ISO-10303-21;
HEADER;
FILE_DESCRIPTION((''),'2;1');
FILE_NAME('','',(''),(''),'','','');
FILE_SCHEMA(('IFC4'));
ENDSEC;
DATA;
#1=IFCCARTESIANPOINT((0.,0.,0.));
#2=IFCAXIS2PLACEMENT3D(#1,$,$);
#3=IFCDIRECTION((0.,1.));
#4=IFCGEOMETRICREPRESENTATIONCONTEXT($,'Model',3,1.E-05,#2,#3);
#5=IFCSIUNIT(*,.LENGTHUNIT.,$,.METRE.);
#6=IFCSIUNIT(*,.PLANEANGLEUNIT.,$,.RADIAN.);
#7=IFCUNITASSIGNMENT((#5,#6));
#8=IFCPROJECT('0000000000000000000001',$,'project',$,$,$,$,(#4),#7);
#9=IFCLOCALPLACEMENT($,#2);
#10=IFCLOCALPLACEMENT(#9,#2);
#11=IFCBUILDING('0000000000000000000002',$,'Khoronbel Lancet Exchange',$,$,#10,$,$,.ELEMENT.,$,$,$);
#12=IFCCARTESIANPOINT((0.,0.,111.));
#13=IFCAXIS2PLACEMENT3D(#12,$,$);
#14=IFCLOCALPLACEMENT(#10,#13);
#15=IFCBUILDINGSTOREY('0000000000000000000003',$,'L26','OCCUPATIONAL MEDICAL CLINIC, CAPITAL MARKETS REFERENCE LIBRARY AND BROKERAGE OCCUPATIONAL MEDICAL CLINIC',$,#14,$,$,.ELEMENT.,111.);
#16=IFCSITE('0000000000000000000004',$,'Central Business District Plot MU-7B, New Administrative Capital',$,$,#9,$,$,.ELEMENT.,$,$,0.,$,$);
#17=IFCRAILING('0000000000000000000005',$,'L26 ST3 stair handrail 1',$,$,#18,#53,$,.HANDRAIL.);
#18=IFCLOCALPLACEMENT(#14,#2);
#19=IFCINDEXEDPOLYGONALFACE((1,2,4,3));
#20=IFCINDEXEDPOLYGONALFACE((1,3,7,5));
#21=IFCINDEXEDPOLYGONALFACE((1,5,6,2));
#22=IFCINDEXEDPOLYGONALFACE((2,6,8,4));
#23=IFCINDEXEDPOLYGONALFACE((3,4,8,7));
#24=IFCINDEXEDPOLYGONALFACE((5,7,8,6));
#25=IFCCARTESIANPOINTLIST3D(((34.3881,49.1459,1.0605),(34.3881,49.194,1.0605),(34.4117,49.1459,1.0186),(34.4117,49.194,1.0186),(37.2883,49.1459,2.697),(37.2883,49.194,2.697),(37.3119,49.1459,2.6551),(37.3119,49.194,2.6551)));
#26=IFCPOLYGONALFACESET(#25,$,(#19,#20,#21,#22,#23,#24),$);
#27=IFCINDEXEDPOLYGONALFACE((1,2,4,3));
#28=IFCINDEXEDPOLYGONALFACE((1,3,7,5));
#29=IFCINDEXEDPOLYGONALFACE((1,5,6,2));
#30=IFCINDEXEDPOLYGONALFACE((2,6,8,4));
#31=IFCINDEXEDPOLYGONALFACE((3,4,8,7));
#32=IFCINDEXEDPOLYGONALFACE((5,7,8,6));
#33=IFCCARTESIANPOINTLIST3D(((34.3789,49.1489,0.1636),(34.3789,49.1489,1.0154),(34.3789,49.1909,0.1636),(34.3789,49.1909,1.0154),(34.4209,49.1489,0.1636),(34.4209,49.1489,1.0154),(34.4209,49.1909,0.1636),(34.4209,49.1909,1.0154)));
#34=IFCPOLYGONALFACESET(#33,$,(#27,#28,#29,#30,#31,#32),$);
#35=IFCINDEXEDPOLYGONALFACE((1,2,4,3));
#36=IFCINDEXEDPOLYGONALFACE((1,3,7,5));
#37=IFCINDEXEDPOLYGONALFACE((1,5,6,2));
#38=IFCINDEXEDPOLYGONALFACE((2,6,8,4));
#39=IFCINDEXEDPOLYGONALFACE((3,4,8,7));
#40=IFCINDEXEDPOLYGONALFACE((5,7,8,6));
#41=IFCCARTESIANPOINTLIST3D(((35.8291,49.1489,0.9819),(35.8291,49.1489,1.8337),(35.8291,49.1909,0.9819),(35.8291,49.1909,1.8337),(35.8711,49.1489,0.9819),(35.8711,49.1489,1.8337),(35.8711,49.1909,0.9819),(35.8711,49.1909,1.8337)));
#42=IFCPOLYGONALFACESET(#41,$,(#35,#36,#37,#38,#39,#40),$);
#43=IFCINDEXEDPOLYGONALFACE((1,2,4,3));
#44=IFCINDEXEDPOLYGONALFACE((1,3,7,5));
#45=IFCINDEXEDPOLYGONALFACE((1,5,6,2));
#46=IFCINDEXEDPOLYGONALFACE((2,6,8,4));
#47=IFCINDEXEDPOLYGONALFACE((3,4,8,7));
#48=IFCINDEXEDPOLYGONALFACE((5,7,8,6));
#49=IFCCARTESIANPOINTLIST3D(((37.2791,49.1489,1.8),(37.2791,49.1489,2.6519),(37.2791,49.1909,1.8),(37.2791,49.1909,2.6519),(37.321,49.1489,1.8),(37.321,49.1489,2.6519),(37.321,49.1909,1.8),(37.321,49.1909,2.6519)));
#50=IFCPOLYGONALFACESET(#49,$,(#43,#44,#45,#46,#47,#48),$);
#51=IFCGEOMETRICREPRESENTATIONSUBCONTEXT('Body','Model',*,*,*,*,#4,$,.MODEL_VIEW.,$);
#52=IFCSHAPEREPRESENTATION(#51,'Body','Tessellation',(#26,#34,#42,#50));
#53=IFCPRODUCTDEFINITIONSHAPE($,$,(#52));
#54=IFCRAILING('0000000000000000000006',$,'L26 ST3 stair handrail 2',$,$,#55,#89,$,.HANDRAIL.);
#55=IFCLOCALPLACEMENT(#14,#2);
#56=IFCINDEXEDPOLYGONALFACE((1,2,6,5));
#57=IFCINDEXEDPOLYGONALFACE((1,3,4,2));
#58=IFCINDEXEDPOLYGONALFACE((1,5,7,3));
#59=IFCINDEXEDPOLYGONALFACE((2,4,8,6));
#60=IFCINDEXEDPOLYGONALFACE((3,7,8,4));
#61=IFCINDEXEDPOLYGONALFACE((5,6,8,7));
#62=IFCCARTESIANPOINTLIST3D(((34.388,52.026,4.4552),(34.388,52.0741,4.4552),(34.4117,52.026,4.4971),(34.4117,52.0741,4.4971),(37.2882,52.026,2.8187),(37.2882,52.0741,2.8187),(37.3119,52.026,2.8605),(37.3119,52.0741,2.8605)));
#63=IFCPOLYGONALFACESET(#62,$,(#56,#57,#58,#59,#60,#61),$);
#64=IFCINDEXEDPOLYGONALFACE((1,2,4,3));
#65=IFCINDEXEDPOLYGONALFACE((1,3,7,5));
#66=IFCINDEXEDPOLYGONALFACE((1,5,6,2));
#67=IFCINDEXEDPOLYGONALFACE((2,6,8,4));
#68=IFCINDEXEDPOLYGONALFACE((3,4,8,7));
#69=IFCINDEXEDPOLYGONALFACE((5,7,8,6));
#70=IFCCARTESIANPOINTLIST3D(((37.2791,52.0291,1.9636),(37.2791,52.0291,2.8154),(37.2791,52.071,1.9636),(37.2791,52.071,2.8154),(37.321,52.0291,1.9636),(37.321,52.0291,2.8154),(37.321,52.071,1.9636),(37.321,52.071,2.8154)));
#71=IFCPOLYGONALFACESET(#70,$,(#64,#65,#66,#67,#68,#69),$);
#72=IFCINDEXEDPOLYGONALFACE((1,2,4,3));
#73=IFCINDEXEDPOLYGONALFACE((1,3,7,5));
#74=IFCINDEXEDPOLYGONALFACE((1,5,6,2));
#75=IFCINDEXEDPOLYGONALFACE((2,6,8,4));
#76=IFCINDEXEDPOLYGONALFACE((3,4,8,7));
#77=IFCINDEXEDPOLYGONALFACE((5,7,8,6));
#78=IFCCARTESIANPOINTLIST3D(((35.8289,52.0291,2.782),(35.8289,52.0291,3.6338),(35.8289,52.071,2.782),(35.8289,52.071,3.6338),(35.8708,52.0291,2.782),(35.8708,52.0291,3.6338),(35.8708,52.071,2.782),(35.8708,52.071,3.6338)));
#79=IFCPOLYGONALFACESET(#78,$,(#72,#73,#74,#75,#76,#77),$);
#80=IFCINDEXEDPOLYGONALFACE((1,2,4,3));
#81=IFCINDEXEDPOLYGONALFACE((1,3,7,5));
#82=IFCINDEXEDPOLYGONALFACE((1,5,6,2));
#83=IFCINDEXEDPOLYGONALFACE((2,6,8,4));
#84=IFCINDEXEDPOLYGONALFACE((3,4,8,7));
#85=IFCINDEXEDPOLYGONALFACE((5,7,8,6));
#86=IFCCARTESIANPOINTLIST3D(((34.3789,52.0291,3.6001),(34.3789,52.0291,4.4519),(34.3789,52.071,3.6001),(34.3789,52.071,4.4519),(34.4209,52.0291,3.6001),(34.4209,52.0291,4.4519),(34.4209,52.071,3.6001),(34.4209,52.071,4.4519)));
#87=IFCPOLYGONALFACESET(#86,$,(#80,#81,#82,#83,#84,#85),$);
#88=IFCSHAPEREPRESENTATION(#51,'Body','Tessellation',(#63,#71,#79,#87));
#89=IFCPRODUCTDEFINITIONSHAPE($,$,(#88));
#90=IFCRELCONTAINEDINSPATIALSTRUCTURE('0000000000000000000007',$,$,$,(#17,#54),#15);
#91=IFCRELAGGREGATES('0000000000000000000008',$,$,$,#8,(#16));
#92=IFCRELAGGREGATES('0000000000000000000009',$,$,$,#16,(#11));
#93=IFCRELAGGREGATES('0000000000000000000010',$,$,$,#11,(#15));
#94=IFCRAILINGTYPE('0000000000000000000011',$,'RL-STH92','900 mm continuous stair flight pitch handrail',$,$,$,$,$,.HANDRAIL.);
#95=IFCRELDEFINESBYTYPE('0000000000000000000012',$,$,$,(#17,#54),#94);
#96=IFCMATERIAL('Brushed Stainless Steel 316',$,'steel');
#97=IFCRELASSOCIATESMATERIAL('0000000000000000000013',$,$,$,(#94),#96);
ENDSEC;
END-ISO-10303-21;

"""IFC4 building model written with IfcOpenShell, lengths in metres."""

from ifc_helpers import new_model, si_unit, direction, frame, origin, origin_2d, place, context, subcontext, project, spatial, rectangle, extrude, material, type_object, element, save


model = new_model("IFC4")

# Units and contexts
model_context = context("Model", 3, precision=1e-05, world=origin(), true_north=direction((0.0, 1.0)))
body_context = subcontext(model_context, "Body", "Model", "MODEL_VIEW")
ifc_project = project(units=[si_unit("LENGTHUNIT", "METRE"), si_unit("PLANEANGLEUNIT", "RADIAN")], contexts=[model_context])

# Site, building, storey
site_placement = place(None, origin())
site = spatial("IfcSite", under=ifc_project, at=site_placement, Name="Central Business District Plot MU-7B, New Administrative Capital", CompositionType="ELEMENT", RefElevation=0.0)
building_placement = place(site_placement, origin())
building = spatial("IfcBuilding", under=site, at=building_placement, Name="Khoronbel Lancet Exchange", CompositionType="ELEMENT")
storey_placement = place(building_placement, frame((0.0, 0.0, 111.0)))
storey = spatial("IfcBuildingStorey", under=building, at=storey_placement, Name="L26", Description="OCCUPATIONAL MEDICAL CLINIC, CAPITAL MARKETS REFERENCE LIBRARY AND BROKERAGE OCCUPATIONAL MEDICAL CLINIC", CompositionType="ELEMENT", Elevation=111.0)

# Railings
ifc_material_1 = material(Name="Brushed Stainless Steel 316", Category="steel")
railing_type_1 = type_object("IfcRailingType", Name="RL-STH92", Description="900 mm continuous stair flight pitch handrail", PredefinedType="HANDRAIL", material=ifc_material_1)
railing_1_placement = place(storey_placement, frame((34.3999, 49.1699, 0.1636)))
element("IfcRailing", 1, at=railing_1_placement, inside=storey, type_object=railing_type_1, Name="L26 ST3 stair handrail 1", PredefinedType="HANDRAIL", context=body_context, shape_type="SweptSolid", body=[
    extrude(rectangle(XDim=0.0481, YDim=0.0481, at=origin_2d()), frame((0.0, 0.0, 0.876), z_axis=(0.870915, 0.0, 0.491434), x_axis=(0.0, 1.0, 0.0)), (0.0, 0.0, 1.0), 3.3301),
    extrude(rectangle(XDim=0.042, YDim=0.042, at=origin_2d()), origin(), (0.0, 0.0, 1.0), 0.8518),
    extrude(rectangle(XDim=0.042, YDim=0.042, at=origin_2d()), frame((1.4502, 0.0, 0.8184)), (0.0, 0.0, 1.0), 0.8518),
    extrude(rectangle(XDim=0.042, YDim=0.042, at=origin_2d()), frame((2.9001, 0.0, 1.6365)), (0.0, 0.0, 1.0), 0.8518),
])
railing_2_placement = place(storey_placement, frame((37.3, 52.05, 1.9636)))
element("IfcRailing", 2, at=railing_2_placement, inside=storey, type_object=railing_type_1, Name="L26 ST3 stair handrail 2", PredefinedType="HANDRAIL", context=body_context, shape_type="SweptSolid", body=[
    extrude(rectangle(XDim=0.0481, YDim=0.0481, at=origin_2d()), frame((0.0, 0.0, 0.876), z_axis=(-0.870915, 0.0, 0.491434), x_axis=(0.0, -1.0, 0.0)), (0.0, 0.0, 1.0), 3.3301),
    extrude(rectangle(XDim=0.042, YDim=0.042, at=origin_2d()), origin(), (0.0, 0.0, 1.0), 0.8518),
    extrude(rectangle(XDim=0.042, YDim=0.042, at=origin_2d()), frame((-1.4502, 0.0, 0.8184)), (0.0, 0.0, 1.0), 0.8518),
    extrude(rectangle(XDim=0.042, YDim=0.042, at=origin_2d()), frame((-2.9001, 0.0, 1.6365)), (0.0, 0.0, 1.0), 0.8518),
])

save(model, "model.ifc")
